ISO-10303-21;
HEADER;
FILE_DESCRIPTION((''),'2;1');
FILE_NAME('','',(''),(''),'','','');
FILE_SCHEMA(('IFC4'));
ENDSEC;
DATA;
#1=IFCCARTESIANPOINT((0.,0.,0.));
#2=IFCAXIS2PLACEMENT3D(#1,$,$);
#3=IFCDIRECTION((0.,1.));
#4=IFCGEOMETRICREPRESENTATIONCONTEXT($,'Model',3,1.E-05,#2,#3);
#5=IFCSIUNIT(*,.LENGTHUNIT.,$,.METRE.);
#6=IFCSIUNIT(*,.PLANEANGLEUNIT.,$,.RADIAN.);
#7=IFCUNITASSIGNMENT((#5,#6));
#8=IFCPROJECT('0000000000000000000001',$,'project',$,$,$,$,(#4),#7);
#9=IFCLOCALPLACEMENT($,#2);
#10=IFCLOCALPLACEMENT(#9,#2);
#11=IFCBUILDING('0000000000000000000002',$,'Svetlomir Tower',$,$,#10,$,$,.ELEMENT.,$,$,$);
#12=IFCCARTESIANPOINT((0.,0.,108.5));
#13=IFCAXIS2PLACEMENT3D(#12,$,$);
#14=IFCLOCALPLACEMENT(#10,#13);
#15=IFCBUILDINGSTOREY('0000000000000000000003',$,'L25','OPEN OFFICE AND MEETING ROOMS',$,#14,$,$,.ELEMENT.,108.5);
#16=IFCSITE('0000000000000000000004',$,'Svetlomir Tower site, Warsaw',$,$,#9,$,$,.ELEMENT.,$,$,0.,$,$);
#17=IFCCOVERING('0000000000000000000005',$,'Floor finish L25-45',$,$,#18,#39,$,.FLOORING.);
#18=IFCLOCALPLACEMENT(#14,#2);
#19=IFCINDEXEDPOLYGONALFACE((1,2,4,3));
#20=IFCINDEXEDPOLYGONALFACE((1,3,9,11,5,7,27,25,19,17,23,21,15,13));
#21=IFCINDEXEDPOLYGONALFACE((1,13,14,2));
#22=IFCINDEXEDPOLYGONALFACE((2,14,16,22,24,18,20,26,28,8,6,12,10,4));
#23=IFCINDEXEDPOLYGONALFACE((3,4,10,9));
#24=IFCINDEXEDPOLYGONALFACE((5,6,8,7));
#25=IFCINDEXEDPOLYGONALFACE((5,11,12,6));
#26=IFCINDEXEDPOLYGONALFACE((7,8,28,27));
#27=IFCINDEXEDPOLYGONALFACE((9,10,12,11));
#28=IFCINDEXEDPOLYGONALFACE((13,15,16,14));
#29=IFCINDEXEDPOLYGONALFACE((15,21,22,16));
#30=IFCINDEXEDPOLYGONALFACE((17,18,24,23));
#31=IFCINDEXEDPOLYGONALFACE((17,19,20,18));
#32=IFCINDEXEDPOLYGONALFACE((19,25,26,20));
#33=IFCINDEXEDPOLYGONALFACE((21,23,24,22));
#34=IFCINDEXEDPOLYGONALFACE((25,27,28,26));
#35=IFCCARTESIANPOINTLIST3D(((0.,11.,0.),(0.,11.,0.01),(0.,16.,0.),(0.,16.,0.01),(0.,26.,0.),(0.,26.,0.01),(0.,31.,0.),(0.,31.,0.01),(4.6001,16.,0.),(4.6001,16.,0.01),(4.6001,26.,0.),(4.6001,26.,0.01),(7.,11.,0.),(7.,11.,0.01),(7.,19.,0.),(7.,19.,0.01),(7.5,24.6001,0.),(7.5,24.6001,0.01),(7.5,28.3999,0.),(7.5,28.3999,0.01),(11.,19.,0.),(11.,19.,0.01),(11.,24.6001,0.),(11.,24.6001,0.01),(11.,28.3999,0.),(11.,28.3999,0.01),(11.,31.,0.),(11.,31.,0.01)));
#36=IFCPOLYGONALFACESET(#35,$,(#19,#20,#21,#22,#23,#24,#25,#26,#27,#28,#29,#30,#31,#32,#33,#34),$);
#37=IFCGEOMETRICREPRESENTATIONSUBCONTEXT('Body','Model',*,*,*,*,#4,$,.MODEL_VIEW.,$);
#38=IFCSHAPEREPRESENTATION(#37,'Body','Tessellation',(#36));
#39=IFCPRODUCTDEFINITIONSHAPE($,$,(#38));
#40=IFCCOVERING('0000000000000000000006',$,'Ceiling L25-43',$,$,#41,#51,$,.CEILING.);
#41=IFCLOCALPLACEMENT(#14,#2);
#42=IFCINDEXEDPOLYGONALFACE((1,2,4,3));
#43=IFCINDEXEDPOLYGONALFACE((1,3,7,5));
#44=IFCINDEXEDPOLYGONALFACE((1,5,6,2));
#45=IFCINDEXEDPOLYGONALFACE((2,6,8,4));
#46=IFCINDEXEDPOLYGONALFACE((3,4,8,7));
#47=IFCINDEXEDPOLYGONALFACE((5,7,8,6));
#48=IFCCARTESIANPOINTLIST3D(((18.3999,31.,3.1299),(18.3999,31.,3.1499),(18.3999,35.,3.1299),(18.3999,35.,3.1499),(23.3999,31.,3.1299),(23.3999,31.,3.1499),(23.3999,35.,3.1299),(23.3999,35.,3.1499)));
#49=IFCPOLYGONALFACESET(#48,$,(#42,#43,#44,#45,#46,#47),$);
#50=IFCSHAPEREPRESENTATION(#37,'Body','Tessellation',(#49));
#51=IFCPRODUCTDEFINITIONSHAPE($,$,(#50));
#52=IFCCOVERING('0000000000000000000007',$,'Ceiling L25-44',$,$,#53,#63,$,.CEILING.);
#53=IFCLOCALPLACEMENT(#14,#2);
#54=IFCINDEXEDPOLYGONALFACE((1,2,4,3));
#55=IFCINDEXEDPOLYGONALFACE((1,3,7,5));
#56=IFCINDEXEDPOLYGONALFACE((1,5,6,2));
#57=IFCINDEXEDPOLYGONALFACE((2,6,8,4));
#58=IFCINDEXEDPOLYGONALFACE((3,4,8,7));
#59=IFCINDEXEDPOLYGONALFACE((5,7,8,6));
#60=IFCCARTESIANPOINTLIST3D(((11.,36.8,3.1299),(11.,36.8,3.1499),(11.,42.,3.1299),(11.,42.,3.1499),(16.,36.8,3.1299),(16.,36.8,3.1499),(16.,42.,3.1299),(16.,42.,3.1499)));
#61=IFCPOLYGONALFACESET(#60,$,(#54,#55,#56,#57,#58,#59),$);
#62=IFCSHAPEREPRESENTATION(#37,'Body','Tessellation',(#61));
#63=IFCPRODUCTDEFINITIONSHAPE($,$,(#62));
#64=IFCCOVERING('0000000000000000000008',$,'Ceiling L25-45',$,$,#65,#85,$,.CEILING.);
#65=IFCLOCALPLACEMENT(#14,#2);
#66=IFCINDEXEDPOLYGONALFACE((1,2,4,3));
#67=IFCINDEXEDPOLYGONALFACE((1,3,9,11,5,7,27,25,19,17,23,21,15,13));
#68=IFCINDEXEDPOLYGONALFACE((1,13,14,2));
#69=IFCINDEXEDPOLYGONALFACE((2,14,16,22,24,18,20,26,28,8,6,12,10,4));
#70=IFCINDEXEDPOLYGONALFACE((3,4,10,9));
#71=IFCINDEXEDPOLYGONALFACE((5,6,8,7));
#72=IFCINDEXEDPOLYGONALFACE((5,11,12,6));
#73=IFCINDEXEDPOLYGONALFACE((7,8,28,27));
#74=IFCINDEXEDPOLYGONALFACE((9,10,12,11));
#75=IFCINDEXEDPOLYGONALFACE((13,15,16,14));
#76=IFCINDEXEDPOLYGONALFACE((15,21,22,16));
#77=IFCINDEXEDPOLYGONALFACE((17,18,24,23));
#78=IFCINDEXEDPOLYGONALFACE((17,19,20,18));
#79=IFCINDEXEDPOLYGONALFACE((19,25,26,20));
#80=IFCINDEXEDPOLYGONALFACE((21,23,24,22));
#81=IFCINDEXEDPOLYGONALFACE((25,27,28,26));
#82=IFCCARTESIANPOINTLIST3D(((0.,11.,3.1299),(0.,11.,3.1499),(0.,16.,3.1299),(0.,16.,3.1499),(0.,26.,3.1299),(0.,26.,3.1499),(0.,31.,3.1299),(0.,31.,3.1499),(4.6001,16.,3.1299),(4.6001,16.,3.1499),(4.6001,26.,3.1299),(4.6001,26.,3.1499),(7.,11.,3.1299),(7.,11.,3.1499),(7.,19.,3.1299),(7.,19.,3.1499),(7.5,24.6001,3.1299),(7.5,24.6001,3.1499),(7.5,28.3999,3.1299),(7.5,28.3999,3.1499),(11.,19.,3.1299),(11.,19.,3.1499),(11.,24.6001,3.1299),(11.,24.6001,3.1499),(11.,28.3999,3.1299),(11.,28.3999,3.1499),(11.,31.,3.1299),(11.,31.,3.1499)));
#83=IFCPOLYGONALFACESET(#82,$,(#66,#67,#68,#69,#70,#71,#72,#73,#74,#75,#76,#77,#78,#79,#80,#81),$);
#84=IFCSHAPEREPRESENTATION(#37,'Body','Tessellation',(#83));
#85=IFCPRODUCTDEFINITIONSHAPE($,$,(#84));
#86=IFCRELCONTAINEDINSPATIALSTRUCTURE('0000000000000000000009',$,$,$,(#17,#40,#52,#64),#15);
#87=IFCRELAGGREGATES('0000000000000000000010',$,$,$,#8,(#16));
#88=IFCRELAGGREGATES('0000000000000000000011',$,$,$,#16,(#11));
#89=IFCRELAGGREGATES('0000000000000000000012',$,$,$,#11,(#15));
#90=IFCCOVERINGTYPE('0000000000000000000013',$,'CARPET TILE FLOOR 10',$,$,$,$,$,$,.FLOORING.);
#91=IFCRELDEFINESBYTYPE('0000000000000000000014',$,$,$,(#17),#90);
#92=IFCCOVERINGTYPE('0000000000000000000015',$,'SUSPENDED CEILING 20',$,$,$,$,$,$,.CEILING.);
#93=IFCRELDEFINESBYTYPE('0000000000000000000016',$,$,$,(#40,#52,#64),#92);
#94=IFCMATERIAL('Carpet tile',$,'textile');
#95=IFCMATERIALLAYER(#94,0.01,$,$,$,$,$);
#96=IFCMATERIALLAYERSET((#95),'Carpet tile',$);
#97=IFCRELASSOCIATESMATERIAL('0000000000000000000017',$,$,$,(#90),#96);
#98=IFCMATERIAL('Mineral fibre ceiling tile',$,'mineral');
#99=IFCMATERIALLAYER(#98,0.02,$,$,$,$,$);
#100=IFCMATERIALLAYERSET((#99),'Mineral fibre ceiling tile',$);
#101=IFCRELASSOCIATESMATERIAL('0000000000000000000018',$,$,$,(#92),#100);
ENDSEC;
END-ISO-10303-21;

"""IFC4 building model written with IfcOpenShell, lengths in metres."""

from ifc_helpers import new_model, si_unit, direction, frame, origin, place, context, subcontext, project, spatial, polyline, outline, extrude, material, layer, layer_set, type_object, element, save


model = new_model("IFC4")

# Units and contexts
model_context = context("Model", 3, precision=1e-05, world=origin(), true_north=direction((0.0, 1.0)))
body_context = subcontext(model_context, "Body", "Model", "MODEL_VIEW")
ifc_project = project(units=[si_unit("LENGTHUNIT", "METRE"), si_unit("PLANEANGLEUNIT", "RADIAN")], contexts=[model_context])

# Site, building, storey
site_placement = place(None, origin())
site = spatial("IfcSite", under=ifc_project, at=site_placement, Name="Svetlomir Tower site, Warsaw", CompositionType="ELEMENT", RefElevation=0.0)
building_placement = place(site_placement, origin())
building = spatial("IfcBuilding", under=site, at=building_placement, Name="Svetlomir Tower", CompositionType="ELEMENT")
storey_placement = place(building_placement, frame((0.0, 0.0, 108.5)))
storey = spatial("IfcBuildingStorey", under=building, at=storey_placement, Name="L25", Description="OPEN OFFICE AND MEETING ROOMS", CompositionType="ELEMENT", Elevation=108.5)

# Coverings
ifc_material_1 = material(Name="Carpet tile", Category="textile")
ifc_layer_1 = layer(ifc_material_1, 0.01)
ifc_layer_set_1 = layer_set([ifc_layer_1], Name="Carpet tile")
covering_type_1 = type_object("IfcCoveringType", Name="CARPET TILE FLOOR 10", PredefinedType="FLOORING", material=ifc_layer_set_1)
covering_1_placement = place(storey_placement, origin())
element("IfcCovering", 1, at=covering_1_placement, inside=storey, type_object=covering_type_1, Name="Floor finish L25-45", PredefinedType="FLOORING", context=body_context, shape_type="SweptSolid", body=[
    extrude(outline(polyline([(11.0, 28.3999), (7.5, 28.3999), (7.5, 24.6001), (11.0, 24.6001), (11.0, 19.0), (7.0, 19.0), (7.0, 11.0), (0.0, 11.0), (0.0, 16.0), (4.6001, 16.0), (4.6001, 26.0), (0.0, 26.0), (0.0, 31.0), (11.0, 31.0), (11.0, 28.3999)])), origin(), (0.0, 0.0, 1.0), 0.01),
])
ifc_material_2 = material(Name="Mineral fibre ceiling tile", Category="mineral")
ifc_layer_2 = layer(ifc_material_2, 0.02)
ifc_layer_set_2 = layer_set([ifc_layer_2], Name="Mineral fibre ceiling tile")
covering_type_2 = type_object("IfcCoveringType", Name="SUSPENDED CEILING 20", PredefinedType="CEILING", material=ifc_layer_set_2)
covering_2_placement = place(storey_placement, frame((0.0, 0.0, 3.1299)))
element("IfcCovering", 2, at=covering_2_placement, inside=storey, type_object=covering_type_2, Name="Ceiling L25-43", PredefinedType="CEILING", context=body_context, shape_type="SweptSolid", body=[
    extrude(outline(polyline([(18.3999, 31.0), (18.3999, 35.0), (23.3999, 35.0), (23.3999, 31.0), (18.3999, 31.0)])), origin(), (0.0, 0.0, 1.0), 0.02),
])
covering_3_placement = place(storey_placement, frame((0.0, 0.0, 3.1299)))
element("IfcCovering", 3, at=covering_3_placement, inside=storey, type_object=covering_type_2, Name="Ceiling L25-44", PredefinedType="CEILING", context=body_context, shape_type="SweptSolid", body=[
    extrude(outline(polyline([(16.0, 42.0), (16.0, 36.8), (11.0, 36.8), (11.0, 42.0), (16.0, 42.0)])), origin(), (0.0, 0.0, 1.0), 0.02),
])
covering_4_placement = place(storey_placement, frame((0.0, 0.0, 3.1299)))
element("IfcCovering", 4, at=covering_4_placement, inside=storey, type_object=covering_type_2, Name="Ceiling L25-45", PredefinedType="CEILING", context=body_context, shape_type="SweptSolid", body=[
    extrude(outline(polyline([(11.0, 28.3999), (7.5, 28.3999), (7.5, 24.6001), (11.0, 24.6001), (11.0, 19.0), (7.0, 19.0), (7.0, 11.0), (0.0, 11.0), (0.0, 16.0), (4.6001, 16.0), (4.6001, 26.0), (0.0, 26.0), (0.0, 31.0), (11.0, 31.0), (11.0, 28.3999)])), origin(), (0.0, 0.0, 1.0), 0.02),
])

save(model, "model.ifc")
